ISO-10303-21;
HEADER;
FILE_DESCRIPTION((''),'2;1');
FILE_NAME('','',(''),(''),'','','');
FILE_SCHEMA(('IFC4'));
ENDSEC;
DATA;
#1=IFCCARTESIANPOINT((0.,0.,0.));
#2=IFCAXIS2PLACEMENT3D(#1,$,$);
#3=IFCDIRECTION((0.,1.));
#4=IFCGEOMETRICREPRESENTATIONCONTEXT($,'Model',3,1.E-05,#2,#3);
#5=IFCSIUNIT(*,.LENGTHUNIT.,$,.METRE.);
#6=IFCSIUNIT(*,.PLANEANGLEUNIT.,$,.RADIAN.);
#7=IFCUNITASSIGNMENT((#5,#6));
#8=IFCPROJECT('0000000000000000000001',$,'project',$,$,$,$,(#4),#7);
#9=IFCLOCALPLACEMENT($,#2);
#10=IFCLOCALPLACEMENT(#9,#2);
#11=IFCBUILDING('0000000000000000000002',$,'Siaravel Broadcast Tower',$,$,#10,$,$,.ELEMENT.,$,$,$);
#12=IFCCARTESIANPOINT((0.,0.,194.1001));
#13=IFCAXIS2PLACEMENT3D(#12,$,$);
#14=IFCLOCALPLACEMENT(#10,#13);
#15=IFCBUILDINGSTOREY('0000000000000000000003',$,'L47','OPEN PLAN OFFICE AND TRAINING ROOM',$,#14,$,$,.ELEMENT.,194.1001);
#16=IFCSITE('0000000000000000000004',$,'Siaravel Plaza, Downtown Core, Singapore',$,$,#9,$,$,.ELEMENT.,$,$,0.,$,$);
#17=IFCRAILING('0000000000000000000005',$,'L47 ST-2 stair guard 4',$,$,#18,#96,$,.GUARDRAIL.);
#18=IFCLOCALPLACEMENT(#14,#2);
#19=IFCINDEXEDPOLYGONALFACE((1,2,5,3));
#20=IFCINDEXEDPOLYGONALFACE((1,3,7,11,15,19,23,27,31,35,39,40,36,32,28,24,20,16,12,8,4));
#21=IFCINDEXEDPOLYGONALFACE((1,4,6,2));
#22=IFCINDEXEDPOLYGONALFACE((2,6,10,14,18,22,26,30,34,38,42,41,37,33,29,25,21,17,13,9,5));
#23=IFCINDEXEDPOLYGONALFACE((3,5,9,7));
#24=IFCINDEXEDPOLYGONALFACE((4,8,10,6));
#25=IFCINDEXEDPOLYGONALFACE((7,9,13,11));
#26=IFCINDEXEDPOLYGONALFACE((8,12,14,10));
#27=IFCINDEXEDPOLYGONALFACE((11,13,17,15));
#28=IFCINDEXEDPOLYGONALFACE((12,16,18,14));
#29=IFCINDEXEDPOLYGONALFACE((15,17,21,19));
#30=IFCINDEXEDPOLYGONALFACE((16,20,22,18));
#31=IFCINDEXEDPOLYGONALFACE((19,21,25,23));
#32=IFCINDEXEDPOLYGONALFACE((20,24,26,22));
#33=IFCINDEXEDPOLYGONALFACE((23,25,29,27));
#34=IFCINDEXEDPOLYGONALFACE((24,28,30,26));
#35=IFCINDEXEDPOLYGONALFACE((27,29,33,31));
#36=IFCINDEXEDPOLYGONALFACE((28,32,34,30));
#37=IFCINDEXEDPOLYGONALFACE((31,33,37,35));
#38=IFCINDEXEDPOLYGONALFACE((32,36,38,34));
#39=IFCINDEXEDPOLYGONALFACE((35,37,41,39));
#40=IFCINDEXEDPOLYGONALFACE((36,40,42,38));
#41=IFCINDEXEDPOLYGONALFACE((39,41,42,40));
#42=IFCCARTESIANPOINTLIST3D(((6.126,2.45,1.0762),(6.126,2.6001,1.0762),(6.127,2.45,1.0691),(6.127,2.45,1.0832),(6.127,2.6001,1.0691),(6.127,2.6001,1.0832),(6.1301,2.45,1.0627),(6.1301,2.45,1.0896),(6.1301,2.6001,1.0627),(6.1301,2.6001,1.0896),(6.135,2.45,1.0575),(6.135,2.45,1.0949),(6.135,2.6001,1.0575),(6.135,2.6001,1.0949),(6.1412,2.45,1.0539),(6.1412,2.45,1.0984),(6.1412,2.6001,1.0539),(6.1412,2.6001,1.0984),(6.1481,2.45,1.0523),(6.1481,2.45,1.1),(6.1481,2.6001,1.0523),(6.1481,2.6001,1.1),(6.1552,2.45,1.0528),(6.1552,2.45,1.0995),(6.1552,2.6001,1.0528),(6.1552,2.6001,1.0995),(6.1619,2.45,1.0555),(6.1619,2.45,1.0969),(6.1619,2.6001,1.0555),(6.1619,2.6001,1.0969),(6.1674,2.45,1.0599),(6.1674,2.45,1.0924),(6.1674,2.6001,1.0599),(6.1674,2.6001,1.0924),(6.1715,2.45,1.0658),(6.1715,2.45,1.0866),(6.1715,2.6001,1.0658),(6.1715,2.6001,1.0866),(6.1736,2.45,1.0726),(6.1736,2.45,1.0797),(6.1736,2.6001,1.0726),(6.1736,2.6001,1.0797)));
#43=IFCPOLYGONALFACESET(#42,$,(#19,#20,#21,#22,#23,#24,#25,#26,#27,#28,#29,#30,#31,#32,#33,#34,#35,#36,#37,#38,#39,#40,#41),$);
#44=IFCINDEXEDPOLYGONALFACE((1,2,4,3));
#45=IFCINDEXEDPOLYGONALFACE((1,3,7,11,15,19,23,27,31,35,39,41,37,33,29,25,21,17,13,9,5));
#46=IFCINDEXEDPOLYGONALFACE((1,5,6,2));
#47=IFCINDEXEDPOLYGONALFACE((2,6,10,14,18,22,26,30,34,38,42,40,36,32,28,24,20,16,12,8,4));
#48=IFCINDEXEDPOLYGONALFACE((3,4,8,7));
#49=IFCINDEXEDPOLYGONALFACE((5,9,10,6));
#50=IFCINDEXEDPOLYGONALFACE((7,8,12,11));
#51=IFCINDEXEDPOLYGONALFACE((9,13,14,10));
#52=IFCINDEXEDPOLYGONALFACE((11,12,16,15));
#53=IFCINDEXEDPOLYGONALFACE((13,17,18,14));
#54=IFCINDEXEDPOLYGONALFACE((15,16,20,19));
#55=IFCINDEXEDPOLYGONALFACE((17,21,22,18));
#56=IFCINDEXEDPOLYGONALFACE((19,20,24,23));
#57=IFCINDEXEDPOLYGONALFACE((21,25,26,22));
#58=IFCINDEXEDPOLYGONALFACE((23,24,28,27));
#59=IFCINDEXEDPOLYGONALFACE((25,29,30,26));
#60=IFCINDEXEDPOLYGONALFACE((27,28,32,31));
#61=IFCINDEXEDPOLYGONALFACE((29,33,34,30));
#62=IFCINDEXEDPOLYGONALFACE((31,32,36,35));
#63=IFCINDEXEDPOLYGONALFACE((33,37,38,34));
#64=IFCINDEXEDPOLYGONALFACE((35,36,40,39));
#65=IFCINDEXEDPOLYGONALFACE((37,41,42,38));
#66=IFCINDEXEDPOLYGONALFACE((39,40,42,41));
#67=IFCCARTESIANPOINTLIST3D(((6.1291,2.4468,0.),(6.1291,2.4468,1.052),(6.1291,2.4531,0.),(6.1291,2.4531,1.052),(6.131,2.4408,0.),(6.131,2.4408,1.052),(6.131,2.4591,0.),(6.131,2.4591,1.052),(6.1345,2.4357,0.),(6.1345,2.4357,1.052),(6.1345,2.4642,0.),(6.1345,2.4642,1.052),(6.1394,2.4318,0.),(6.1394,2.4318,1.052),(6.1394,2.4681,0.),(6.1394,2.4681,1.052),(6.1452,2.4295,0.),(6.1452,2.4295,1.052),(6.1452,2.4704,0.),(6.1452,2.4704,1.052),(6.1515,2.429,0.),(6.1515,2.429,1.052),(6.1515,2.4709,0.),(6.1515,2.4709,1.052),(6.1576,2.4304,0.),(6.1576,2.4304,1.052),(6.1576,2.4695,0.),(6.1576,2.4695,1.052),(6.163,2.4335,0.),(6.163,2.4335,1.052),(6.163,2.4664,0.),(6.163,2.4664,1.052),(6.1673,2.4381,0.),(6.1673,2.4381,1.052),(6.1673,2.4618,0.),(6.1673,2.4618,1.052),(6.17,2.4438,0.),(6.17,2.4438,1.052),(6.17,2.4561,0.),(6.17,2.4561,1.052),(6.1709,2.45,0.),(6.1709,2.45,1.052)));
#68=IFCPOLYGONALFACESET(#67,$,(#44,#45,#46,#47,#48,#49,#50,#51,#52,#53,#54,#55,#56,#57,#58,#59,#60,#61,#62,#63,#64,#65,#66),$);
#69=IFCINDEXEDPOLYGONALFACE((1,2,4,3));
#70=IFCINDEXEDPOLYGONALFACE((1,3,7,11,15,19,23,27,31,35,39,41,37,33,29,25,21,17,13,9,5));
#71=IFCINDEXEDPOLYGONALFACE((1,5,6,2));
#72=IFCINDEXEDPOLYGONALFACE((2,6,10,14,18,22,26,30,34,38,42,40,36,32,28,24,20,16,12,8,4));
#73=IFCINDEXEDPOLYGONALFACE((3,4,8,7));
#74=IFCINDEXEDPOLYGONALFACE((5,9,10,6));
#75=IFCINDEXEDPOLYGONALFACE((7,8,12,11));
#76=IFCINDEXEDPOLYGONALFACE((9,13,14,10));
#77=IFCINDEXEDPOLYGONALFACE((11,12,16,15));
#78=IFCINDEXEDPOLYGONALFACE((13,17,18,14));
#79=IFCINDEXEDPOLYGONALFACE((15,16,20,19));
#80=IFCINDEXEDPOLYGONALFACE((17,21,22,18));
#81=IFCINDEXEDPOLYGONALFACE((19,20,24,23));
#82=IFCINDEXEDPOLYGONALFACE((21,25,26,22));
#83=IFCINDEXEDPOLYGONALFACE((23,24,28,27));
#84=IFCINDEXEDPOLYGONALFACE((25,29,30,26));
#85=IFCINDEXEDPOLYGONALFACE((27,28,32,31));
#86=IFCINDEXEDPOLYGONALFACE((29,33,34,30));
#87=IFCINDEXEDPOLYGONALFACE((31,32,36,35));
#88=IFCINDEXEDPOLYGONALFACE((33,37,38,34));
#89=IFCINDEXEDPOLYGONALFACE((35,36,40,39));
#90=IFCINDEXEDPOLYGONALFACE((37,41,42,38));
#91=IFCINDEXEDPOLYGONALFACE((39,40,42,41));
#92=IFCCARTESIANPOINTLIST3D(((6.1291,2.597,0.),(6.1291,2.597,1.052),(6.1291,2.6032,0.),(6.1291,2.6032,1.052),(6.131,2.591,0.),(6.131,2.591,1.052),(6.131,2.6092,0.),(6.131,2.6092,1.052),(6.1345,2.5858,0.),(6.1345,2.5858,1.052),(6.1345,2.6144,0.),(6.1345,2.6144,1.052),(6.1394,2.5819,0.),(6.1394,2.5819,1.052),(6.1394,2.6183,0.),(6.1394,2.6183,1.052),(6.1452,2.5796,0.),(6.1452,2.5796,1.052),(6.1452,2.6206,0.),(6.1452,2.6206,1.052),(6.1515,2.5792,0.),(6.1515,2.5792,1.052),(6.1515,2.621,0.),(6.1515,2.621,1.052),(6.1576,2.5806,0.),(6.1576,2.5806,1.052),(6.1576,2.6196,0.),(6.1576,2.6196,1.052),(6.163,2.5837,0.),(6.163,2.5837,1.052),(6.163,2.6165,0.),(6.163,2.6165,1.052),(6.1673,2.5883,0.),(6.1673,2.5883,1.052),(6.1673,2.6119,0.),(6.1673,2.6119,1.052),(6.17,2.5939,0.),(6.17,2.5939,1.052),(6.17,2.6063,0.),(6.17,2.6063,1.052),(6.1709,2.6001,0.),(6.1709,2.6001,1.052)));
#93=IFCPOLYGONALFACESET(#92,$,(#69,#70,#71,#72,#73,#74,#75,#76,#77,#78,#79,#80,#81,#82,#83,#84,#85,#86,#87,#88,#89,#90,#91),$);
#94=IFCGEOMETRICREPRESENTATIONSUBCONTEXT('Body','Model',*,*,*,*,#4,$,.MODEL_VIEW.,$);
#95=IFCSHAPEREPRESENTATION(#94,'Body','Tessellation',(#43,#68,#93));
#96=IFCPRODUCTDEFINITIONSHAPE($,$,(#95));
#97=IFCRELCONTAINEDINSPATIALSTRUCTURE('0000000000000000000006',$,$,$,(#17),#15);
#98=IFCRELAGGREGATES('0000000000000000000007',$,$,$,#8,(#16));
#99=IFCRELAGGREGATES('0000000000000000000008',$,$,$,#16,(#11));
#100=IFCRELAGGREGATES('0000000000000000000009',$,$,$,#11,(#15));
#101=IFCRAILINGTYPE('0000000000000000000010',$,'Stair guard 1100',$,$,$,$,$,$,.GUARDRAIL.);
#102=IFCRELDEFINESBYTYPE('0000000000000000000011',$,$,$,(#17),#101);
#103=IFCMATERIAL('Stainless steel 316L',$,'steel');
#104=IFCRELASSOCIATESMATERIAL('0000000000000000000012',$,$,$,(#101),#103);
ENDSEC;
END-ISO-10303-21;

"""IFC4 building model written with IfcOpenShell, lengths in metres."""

from ifc_helpers import new_model, si_unit, direction, frame, origin, origin_2d, place, context, subcontext, project, spatial, circle, extrude, material, type_object, element, save


model = new_model("IFC4")

# Units and contexts
model_context = context("Model", 3, precision=1e-05, world=origin(), true_north=direction((0.0, 1.0)))
body_context = subcontext(model_context, "Body", "Model", "MODEL_VIEW")
ifc_project = project(units=[si_unit("LENGTHUNIT", "METRE"), si_unit("PLANEANGLEUNIT", "RADIAN")], contexts=[model_context])

# Site, building, storey
site_placement = place(None, origin())
site = spatial("IfcSite", under=ifc_project, at=site_placement, Name="Siaravel Plaza, Downtown Core, Singapore", CompositionType="ELEMENT", RefElevation=0.0)
building_placement = place(site_placement, origin())
building = spatial("IfcBuilding", under=site, at=building_placement, Name="Siaravel Broadcast Tower", CompositionType="ELEMENT")
storey_placement = place(building_placement, frame((0.0, 0.0, 194.1001)))
storey = spatial("IfcBuildingStorey", under=building, at=storey_placement, Name="L47", Description="OPEN PLAN OFFICE AND TRAINING ROOM", CompositionType="ELEMENT", Elevation=194.1001)

# Railing
ifc_material_1 = material(Name="Stainless steel 316L", Category="steel")
railing_type_1 = type_object("IfcRailingType", Name="Stair guard 1100", PredefinedType="GUARDRAIL", material=ifc_material_1)
railing_1_placement = place(storey_placement, frame((6.1499, 2.45, 0.0)))
element("IfcRailing", 1, at=railing_1_placement, inside=storey, type_object=railing_type_1, Name="L47 ST-2 stair guard 4", PredefinedType="GUARDRAIL", context=body_context, shape_type="SweptSolid", body=[
    extrude(circle(Radius=0.0239, at=origin_2d()), frame((0.0, 0.0, 1.0762), z_axis=(0.0, 1.0, 0.0), x_axis=(-1.0, 0.0, 0.0)), (0.0, 0.0, 1.0), 0.1501),
    extrude(circle(Radius=0.021, at=origin_2d()), origin(), (0.0, 0.0, 1.0), 1.052),
    extrude(circle(Radius=0.021, at=origin_2d()), frame((0.0, 0.1501, 0.0)), (0.0, 0.0, 1.0), 1.052),
])

save(model, "model.ifc")
